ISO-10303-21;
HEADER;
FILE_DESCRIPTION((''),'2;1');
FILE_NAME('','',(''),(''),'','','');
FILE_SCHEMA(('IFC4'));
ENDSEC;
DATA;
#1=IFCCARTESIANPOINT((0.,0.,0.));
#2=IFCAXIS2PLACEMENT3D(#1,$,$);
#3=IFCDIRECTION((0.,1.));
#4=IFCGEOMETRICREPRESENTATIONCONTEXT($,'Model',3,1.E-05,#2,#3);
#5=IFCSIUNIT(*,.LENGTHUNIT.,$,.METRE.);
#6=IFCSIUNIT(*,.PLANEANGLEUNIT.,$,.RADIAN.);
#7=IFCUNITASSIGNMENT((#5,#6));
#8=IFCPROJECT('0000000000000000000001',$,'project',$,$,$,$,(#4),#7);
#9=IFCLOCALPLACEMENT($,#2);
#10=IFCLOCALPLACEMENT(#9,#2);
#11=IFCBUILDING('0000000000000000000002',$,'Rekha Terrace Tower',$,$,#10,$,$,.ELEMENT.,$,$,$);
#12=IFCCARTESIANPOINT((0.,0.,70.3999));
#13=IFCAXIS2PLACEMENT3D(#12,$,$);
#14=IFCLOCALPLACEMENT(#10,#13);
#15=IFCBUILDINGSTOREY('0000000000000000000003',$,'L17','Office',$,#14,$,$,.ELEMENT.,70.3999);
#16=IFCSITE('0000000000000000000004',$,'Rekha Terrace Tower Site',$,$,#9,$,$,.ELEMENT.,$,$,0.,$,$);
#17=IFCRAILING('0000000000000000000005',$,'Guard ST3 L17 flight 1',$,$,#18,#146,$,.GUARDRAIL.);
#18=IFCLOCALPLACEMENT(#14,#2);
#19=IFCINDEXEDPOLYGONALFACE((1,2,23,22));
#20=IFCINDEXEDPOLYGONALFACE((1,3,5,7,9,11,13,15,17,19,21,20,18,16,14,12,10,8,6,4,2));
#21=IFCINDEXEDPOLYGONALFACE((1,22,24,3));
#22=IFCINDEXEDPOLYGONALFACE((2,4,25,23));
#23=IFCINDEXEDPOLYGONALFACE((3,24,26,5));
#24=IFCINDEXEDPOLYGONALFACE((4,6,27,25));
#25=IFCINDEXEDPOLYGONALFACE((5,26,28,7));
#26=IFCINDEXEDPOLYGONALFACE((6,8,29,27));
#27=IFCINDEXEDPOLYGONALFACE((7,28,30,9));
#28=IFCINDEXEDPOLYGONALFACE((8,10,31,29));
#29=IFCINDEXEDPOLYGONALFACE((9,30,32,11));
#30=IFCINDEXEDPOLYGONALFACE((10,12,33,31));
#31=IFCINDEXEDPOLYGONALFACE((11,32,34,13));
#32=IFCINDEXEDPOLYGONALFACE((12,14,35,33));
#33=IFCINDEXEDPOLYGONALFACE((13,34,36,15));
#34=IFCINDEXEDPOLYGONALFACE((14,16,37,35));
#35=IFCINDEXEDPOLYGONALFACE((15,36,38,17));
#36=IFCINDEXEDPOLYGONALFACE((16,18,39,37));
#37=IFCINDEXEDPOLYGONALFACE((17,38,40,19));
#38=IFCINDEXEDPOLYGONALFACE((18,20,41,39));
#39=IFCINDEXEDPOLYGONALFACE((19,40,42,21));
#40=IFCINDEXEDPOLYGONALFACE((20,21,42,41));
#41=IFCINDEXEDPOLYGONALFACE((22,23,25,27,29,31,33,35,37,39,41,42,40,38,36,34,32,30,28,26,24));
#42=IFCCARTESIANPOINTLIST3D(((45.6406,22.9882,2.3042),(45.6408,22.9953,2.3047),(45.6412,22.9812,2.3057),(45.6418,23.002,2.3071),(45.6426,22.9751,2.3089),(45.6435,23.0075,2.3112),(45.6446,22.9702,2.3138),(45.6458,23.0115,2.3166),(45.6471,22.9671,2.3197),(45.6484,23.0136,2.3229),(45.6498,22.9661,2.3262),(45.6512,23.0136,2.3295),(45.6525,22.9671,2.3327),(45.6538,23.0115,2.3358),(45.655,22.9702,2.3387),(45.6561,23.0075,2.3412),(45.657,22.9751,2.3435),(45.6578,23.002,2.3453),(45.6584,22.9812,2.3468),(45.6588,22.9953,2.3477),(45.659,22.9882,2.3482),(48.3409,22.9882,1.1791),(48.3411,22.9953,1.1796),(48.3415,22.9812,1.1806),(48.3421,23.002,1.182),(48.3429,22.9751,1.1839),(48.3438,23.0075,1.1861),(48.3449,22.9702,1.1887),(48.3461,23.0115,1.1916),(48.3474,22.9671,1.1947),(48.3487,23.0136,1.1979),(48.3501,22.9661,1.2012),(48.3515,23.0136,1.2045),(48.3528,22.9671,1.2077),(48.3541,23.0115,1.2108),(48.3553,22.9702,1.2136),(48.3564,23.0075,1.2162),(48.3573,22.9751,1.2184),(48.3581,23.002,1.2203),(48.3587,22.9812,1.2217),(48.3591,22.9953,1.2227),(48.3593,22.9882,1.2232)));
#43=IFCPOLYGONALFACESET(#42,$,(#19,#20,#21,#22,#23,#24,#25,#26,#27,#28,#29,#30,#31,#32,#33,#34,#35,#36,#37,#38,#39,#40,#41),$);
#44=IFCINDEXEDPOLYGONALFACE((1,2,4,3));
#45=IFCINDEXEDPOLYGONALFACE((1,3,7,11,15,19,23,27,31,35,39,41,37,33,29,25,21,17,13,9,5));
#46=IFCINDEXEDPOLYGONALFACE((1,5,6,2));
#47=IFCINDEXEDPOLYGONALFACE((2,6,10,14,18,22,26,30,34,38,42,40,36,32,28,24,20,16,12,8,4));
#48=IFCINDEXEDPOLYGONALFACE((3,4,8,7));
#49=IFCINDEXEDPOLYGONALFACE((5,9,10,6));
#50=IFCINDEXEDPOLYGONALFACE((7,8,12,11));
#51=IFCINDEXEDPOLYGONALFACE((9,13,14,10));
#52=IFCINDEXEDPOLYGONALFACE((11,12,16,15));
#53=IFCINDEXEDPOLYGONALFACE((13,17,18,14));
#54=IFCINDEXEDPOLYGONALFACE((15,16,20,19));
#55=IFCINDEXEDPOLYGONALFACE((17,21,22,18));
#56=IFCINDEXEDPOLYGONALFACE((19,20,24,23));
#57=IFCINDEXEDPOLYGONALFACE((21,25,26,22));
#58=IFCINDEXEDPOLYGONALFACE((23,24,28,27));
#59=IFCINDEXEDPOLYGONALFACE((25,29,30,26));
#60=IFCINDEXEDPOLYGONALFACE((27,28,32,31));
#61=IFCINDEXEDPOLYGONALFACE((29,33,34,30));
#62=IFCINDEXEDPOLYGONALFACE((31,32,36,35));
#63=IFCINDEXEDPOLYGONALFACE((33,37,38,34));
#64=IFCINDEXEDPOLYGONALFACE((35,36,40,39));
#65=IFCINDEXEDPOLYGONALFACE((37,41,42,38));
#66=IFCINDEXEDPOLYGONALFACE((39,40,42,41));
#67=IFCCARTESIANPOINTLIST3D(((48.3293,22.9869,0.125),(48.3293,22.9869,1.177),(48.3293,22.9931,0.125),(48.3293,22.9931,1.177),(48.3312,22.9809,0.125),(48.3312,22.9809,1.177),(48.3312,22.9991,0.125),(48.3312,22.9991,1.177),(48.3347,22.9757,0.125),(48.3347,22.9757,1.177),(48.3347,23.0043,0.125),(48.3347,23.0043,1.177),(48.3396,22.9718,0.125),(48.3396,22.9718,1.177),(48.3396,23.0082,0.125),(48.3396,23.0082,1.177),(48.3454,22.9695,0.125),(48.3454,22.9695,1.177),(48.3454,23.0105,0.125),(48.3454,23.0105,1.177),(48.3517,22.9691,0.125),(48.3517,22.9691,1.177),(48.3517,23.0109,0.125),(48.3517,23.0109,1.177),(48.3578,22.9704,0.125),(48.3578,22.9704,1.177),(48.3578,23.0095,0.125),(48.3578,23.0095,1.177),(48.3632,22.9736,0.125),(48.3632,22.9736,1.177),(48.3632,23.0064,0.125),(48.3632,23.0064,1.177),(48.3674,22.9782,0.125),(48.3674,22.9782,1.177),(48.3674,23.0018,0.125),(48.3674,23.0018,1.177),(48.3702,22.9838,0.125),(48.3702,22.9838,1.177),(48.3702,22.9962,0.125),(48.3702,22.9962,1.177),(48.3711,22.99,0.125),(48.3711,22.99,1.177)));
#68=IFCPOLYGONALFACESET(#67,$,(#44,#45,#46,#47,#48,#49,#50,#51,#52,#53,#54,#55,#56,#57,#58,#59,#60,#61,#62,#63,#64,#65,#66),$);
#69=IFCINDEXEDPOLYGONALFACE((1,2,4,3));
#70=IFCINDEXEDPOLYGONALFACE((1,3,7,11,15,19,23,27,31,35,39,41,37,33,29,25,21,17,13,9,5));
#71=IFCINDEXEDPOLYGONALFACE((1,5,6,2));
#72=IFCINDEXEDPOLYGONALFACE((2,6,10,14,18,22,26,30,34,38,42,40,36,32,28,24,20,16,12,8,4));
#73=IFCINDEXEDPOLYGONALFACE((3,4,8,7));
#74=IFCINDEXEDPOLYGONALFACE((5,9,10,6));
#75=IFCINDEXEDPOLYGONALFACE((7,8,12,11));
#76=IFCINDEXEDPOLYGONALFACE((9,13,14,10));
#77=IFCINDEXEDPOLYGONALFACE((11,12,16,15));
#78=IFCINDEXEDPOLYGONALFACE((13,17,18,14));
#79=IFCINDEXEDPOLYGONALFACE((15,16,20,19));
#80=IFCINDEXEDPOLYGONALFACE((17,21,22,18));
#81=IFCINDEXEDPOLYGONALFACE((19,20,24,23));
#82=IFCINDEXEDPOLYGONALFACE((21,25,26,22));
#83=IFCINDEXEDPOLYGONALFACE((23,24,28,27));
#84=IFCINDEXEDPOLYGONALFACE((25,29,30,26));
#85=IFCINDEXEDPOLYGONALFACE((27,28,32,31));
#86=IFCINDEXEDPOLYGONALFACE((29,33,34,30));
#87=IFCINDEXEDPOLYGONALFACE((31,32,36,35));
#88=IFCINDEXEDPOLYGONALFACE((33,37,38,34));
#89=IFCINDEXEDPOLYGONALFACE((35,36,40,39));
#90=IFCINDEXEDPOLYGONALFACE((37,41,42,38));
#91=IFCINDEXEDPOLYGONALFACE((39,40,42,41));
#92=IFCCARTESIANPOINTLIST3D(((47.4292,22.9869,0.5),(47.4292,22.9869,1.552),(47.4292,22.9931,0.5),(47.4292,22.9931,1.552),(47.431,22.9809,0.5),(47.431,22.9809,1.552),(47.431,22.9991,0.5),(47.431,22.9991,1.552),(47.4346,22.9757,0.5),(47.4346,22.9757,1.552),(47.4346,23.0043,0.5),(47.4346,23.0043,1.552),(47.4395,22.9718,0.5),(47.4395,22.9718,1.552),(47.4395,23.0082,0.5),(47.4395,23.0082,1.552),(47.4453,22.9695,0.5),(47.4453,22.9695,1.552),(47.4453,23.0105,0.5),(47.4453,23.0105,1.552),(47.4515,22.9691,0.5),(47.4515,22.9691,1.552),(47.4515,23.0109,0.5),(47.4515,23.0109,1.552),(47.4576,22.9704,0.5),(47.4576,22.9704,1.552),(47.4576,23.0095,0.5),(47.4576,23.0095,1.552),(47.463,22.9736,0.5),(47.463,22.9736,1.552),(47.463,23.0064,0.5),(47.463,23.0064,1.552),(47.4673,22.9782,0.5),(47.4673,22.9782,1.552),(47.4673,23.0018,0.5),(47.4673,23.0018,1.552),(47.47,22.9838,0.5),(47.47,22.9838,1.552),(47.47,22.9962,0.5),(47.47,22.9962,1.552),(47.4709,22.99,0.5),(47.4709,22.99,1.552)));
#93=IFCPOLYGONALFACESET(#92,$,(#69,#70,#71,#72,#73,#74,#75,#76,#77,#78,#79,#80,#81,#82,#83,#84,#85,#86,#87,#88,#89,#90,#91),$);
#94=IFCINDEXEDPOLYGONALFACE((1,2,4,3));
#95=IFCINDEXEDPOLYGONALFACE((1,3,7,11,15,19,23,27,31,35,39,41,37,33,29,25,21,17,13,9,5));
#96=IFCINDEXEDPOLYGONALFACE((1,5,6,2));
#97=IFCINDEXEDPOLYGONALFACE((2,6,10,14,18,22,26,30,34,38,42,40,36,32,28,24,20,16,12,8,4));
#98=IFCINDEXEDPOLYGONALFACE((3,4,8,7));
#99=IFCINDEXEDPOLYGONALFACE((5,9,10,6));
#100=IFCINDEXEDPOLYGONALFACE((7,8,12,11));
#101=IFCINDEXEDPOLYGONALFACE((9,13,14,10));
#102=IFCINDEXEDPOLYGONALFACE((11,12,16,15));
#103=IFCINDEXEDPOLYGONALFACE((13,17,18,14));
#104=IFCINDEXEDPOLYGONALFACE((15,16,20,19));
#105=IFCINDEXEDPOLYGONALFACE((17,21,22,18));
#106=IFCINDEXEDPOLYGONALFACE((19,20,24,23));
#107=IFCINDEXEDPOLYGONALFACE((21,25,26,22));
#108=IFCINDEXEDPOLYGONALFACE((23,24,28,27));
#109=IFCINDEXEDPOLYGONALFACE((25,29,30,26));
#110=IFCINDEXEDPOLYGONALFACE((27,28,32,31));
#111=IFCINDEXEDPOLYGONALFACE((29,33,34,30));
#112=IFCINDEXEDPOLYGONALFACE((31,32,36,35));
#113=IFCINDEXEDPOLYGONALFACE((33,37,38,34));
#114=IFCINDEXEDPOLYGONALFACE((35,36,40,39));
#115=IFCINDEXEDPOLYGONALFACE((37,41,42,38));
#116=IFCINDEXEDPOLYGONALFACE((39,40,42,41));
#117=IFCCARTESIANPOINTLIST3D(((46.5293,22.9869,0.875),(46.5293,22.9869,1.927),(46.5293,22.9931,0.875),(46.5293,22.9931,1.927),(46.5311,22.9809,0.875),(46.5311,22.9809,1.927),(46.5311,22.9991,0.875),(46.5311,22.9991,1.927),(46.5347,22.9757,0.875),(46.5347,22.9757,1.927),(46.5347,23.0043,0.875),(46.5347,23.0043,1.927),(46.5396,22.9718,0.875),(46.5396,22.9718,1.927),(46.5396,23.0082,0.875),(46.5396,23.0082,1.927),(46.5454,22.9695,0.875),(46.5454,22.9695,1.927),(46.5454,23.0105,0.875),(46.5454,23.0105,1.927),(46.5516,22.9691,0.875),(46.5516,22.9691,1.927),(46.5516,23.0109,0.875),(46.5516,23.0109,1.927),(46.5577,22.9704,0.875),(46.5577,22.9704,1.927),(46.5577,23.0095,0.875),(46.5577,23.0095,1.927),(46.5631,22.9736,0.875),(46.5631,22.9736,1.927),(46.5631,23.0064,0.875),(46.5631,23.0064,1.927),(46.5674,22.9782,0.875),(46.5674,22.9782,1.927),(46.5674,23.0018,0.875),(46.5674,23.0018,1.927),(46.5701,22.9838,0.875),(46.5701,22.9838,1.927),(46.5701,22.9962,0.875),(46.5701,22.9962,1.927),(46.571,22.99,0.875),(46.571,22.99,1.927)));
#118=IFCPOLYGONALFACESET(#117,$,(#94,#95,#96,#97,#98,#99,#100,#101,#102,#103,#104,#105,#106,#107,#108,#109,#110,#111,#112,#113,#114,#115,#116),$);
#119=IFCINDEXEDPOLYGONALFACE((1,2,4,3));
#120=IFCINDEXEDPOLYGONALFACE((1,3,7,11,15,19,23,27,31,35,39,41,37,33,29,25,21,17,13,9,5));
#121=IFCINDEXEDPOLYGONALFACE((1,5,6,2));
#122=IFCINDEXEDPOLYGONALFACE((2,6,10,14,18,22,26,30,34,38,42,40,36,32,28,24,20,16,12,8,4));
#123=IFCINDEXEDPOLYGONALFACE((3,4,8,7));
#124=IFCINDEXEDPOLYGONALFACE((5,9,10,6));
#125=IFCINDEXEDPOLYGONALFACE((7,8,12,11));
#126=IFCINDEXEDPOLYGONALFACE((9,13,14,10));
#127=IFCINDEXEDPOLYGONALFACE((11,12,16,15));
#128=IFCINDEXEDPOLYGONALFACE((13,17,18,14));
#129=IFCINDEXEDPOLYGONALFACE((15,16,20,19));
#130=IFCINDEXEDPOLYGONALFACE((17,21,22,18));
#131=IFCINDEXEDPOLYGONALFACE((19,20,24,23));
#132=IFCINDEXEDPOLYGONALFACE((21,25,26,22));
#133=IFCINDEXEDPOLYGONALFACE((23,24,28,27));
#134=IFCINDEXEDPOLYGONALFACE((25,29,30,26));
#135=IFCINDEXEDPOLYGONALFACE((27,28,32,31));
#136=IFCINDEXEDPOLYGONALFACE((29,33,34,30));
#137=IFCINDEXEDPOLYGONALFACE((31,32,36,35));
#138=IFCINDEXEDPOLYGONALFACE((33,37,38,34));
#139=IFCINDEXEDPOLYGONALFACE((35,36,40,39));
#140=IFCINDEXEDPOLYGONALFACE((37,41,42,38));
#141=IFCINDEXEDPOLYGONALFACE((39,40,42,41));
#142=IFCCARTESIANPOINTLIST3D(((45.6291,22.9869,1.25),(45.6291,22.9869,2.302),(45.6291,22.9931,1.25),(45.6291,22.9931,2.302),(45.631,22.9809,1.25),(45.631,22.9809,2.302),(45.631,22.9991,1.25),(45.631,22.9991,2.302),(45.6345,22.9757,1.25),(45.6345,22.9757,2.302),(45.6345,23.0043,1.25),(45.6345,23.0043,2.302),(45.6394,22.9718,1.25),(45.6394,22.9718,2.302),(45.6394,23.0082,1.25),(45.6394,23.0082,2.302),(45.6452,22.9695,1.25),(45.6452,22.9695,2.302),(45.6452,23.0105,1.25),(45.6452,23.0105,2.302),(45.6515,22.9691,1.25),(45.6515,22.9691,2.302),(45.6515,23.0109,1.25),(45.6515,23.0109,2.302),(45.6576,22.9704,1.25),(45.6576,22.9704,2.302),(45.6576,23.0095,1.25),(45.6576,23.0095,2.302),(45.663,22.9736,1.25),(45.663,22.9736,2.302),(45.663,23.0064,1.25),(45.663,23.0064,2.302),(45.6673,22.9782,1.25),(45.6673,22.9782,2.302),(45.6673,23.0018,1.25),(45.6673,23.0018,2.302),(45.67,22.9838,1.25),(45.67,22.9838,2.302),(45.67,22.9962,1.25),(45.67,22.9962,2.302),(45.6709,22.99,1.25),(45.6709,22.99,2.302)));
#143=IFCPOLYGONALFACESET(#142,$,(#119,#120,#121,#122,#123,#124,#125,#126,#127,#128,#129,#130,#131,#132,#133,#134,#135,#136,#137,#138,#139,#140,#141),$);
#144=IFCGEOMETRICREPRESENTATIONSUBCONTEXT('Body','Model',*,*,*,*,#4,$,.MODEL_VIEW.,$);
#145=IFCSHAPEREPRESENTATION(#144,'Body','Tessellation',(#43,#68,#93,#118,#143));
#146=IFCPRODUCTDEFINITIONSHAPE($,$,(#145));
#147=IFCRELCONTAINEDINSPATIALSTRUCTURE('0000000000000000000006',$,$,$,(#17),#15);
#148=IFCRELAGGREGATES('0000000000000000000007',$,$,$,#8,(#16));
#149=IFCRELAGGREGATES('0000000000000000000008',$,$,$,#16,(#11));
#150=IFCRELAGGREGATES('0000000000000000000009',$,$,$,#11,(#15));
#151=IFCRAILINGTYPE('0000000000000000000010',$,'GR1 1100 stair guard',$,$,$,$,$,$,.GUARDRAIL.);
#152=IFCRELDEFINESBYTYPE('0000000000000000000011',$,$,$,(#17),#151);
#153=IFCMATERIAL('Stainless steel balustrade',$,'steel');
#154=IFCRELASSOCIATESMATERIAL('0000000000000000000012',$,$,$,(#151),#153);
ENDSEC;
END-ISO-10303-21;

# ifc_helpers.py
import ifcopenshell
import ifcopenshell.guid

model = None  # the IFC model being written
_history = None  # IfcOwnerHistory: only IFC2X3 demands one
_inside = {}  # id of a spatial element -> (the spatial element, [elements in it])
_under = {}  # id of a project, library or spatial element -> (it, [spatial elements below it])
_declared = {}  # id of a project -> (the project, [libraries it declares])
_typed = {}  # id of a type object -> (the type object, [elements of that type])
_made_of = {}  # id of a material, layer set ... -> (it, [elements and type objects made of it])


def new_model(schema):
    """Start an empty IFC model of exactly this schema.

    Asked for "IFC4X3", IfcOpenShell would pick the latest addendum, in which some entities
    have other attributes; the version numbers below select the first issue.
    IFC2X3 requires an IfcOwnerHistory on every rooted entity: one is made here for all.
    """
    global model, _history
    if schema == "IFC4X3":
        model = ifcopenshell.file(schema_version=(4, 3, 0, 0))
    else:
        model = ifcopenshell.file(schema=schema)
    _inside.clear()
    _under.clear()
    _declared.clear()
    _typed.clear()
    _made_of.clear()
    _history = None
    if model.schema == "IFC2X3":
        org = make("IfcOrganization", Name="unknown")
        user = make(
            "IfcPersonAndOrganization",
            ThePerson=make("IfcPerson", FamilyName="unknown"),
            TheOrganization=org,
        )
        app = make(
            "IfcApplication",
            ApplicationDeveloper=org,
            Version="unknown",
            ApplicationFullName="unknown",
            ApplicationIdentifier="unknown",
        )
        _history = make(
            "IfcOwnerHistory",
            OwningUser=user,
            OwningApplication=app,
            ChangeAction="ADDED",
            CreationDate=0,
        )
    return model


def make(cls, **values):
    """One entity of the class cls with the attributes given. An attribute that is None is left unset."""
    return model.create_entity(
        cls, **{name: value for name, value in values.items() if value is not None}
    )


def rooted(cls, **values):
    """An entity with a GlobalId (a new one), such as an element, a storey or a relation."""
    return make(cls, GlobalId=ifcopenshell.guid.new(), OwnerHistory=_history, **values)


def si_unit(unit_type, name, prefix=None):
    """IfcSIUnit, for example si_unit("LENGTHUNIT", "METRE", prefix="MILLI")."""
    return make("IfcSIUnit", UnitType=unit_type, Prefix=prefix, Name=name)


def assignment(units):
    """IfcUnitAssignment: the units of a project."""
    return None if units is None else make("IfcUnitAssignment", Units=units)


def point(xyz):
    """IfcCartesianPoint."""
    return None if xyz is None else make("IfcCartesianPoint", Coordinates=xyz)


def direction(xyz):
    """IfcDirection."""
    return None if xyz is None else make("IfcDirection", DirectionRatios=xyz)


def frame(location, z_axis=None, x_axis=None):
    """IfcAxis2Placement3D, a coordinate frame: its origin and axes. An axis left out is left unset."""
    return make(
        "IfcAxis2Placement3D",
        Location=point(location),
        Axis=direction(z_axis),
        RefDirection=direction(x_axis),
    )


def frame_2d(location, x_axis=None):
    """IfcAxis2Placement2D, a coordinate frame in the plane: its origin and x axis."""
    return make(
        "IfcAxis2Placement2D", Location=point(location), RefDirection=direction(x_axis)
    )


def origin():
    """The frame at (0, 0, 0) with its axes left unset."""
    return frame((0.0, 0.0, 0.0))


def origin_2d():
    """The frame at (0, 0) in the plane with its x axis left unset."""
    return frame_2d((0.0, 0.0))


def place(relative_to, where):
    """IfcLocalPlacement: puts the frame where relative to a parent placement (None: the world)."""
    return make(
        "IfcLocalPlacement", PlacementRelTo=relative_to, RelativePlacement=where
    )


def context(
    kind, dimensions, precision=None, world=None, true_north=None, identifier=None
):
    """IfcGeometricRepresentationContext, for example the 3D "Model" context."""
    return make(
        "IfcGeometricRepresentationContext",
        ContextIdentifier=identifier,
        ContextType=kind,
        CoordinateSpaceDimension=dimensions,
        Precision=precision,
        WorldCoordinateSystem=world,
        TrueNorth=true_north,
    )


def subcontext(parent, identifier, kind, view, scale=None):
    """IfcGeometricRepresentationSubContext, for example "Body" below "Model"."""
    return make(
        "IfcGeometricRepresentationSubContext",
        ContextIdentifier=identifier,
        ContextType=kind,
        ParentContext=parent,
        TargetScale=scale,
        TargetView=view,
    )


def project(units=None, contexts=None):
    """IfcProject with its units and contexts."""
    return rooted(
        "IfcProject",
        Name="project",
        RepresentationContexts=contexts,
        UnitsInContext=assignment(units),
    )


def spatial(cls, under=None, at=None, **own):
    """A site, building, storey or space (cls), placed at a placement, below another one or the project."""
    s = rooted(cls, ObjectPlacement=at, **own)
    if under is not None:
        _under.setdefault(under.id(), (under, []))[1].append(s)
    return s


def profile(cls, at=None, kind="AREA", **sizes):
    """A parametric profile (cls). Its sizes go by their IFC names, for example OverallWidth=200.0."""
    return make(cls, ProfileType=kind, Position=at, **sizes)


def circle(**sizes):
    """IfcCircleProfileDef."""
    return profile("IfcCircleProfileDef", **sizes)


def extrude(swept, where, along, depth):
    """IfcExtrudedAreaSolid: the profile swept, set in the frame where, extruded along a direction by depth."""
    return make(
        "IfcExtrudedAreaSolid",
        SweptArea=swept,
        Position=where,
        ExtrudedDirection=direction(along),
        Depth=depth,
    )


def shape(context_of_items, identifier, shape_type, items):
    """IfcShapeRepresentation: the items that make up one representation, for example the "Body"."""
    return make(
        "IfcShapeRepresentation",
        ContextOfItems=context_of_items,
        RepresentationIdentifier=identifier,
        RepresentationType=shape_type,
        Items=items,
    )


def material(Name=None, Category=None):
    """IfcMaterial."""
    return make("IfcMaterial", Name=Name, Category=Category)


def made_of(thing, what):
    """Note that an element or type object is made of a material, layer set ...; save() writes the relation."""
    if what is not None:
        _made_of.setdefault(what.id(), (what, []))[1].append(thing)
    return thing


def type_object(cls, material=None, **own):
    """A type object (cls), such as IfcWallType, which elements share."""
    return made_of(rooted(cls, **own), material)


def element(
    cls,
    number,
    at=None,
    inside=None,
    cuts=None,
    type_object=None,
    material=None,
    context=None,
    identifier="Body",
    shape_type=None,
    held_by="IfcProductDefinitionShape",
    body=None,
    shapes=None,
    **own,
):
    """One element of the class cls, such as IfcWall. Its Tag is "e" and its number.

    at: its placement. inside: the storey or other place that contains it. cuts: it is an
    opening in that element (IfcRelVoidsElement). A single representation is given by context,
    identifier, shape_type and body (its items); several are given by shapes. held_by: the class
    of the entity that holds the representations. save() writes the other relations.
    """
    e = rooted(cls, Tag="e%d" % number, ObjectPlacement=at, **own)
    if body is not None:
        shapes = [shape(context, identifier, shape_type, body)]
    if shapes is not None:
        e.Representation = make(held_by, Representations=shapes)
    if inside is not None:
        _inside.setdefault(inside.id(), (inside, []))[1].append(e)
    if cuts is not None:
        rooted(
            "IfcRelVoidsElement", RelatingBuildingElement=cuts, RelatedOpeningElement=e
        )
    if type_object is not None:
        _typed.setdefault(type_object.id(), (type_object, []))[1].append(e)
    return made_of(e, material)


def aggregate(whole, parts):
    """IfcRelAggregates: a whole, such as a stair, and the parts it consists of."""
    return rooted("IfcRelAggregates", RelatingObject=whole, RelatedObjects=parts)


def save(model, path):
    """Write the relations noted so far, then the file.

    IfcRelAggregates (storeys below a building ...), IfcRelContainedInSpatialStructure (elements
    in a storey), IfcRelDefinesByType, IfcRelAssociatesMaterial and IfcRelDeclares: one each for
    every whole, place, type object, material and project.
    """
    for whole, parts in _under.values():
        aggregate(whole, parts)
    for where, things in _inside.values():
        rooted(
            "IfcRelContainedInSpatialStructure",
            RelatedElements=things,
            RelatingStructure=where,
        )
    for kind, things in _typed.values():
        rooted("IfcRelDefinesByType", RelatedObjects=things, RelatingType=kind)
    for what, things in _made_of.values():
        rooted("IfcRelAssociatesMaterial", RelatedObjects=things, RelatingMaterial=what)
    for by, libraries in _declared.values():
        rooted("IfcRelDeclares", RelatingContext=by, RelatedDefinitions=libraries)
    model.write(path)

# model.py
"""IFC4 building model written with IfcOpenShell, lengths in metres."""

from ifc_helpers import new_model, si_unit, direction, frame, origin, origin_2d, place, context, subcontext, project, spatial, circle, extrude, material, type_object, element, save


model = new_model("IFC4")

# Units and contexts
model_context = context("Model", 3, precision=1e-05, world=origin(), true_north=direction((0.0, 1.0)))
body_context = subcontext(model_context, "Body", "Model", "MODEL_VIEW")
ifc_project = project(units=[si_unit("LENGTHUNIT", "METRE"), si_unit("PLANEANGLEUNIT", "RADIAN")], contexts=[model_context])

# Site, building, storey
site_placement = place(None, origin())
site = spatial("IfcSite", under=ifc_project, at=site_placement, Name="Rekha Terrace Tower Site", CompositionType="ELEMENT", RefElevation=0.0)
building_placement = place(site_placement, origin())
building = spatial("IfcBuilding", under=site, at=building_placement, Name="Rekha Terrace Tower", CompositionType="ELEMENT")
storey_placement = place(building_placement, frame((0.0, 0.0, 70.3999)))
storey = spatial("IfcBuildingStorey", under=building, at=storey_placement, Name="L17", Description="Office", CompositionType="ELEMENT", Elevation=70.3999)

# Railing
ifc_material_1 = material(Name="Stainless steel balustrade", Category="steel")
railing_type_1 = type_object("IfcRailingType", Name="GR1 1100 stair guard", PredefinedType="GUARDRAIL", material=ifc_material_1)
railing_1_placement = place(storey_placement, frame((48.3501, 22.99, 0.125)))
element("IfcRailing", 1, at=railing_1_placement, inside=storey, type_object=railing_type_1, Name="Guard ST3 L17 flight 1", PredefinedType="GUARDRAIL", context=body_context, shape_type="SweptSolid", body=[
    extrude(circle(Radius=0.0239, at=origin_2d()), frame((0.0, 0.0, 1.0762), z_axis=(-0.923087, 0.0, 0.384592), x_axis=(0.0, -1.0, 0.0)), (0.0, 0.0, 1.0), 2.9253),
    extrude(circle(Radius=0.021, at=origin_2d()), origin(), (0.0, 0.0, 1.0), 1.052),
    extrude(circle(Radius=0.021, at=origin_2d()), frame((-0.9001, 0.0, 0.375)), (0.0, 0.0, 1.0), 1.052),
    extrude(circle(Radius=0.021, at=origin_2d()), frame((-1.8, 0.0, 0.75)), (0.0, 0.0, 1.0), 1.052),
    extrude(circle(Radius=0.021, at=origin_2d()), frame((-2.7002, 0.0, 1.125)), (0.0, 0.0, 1.0), 1.052),
])

save(model, "model.ifc")
